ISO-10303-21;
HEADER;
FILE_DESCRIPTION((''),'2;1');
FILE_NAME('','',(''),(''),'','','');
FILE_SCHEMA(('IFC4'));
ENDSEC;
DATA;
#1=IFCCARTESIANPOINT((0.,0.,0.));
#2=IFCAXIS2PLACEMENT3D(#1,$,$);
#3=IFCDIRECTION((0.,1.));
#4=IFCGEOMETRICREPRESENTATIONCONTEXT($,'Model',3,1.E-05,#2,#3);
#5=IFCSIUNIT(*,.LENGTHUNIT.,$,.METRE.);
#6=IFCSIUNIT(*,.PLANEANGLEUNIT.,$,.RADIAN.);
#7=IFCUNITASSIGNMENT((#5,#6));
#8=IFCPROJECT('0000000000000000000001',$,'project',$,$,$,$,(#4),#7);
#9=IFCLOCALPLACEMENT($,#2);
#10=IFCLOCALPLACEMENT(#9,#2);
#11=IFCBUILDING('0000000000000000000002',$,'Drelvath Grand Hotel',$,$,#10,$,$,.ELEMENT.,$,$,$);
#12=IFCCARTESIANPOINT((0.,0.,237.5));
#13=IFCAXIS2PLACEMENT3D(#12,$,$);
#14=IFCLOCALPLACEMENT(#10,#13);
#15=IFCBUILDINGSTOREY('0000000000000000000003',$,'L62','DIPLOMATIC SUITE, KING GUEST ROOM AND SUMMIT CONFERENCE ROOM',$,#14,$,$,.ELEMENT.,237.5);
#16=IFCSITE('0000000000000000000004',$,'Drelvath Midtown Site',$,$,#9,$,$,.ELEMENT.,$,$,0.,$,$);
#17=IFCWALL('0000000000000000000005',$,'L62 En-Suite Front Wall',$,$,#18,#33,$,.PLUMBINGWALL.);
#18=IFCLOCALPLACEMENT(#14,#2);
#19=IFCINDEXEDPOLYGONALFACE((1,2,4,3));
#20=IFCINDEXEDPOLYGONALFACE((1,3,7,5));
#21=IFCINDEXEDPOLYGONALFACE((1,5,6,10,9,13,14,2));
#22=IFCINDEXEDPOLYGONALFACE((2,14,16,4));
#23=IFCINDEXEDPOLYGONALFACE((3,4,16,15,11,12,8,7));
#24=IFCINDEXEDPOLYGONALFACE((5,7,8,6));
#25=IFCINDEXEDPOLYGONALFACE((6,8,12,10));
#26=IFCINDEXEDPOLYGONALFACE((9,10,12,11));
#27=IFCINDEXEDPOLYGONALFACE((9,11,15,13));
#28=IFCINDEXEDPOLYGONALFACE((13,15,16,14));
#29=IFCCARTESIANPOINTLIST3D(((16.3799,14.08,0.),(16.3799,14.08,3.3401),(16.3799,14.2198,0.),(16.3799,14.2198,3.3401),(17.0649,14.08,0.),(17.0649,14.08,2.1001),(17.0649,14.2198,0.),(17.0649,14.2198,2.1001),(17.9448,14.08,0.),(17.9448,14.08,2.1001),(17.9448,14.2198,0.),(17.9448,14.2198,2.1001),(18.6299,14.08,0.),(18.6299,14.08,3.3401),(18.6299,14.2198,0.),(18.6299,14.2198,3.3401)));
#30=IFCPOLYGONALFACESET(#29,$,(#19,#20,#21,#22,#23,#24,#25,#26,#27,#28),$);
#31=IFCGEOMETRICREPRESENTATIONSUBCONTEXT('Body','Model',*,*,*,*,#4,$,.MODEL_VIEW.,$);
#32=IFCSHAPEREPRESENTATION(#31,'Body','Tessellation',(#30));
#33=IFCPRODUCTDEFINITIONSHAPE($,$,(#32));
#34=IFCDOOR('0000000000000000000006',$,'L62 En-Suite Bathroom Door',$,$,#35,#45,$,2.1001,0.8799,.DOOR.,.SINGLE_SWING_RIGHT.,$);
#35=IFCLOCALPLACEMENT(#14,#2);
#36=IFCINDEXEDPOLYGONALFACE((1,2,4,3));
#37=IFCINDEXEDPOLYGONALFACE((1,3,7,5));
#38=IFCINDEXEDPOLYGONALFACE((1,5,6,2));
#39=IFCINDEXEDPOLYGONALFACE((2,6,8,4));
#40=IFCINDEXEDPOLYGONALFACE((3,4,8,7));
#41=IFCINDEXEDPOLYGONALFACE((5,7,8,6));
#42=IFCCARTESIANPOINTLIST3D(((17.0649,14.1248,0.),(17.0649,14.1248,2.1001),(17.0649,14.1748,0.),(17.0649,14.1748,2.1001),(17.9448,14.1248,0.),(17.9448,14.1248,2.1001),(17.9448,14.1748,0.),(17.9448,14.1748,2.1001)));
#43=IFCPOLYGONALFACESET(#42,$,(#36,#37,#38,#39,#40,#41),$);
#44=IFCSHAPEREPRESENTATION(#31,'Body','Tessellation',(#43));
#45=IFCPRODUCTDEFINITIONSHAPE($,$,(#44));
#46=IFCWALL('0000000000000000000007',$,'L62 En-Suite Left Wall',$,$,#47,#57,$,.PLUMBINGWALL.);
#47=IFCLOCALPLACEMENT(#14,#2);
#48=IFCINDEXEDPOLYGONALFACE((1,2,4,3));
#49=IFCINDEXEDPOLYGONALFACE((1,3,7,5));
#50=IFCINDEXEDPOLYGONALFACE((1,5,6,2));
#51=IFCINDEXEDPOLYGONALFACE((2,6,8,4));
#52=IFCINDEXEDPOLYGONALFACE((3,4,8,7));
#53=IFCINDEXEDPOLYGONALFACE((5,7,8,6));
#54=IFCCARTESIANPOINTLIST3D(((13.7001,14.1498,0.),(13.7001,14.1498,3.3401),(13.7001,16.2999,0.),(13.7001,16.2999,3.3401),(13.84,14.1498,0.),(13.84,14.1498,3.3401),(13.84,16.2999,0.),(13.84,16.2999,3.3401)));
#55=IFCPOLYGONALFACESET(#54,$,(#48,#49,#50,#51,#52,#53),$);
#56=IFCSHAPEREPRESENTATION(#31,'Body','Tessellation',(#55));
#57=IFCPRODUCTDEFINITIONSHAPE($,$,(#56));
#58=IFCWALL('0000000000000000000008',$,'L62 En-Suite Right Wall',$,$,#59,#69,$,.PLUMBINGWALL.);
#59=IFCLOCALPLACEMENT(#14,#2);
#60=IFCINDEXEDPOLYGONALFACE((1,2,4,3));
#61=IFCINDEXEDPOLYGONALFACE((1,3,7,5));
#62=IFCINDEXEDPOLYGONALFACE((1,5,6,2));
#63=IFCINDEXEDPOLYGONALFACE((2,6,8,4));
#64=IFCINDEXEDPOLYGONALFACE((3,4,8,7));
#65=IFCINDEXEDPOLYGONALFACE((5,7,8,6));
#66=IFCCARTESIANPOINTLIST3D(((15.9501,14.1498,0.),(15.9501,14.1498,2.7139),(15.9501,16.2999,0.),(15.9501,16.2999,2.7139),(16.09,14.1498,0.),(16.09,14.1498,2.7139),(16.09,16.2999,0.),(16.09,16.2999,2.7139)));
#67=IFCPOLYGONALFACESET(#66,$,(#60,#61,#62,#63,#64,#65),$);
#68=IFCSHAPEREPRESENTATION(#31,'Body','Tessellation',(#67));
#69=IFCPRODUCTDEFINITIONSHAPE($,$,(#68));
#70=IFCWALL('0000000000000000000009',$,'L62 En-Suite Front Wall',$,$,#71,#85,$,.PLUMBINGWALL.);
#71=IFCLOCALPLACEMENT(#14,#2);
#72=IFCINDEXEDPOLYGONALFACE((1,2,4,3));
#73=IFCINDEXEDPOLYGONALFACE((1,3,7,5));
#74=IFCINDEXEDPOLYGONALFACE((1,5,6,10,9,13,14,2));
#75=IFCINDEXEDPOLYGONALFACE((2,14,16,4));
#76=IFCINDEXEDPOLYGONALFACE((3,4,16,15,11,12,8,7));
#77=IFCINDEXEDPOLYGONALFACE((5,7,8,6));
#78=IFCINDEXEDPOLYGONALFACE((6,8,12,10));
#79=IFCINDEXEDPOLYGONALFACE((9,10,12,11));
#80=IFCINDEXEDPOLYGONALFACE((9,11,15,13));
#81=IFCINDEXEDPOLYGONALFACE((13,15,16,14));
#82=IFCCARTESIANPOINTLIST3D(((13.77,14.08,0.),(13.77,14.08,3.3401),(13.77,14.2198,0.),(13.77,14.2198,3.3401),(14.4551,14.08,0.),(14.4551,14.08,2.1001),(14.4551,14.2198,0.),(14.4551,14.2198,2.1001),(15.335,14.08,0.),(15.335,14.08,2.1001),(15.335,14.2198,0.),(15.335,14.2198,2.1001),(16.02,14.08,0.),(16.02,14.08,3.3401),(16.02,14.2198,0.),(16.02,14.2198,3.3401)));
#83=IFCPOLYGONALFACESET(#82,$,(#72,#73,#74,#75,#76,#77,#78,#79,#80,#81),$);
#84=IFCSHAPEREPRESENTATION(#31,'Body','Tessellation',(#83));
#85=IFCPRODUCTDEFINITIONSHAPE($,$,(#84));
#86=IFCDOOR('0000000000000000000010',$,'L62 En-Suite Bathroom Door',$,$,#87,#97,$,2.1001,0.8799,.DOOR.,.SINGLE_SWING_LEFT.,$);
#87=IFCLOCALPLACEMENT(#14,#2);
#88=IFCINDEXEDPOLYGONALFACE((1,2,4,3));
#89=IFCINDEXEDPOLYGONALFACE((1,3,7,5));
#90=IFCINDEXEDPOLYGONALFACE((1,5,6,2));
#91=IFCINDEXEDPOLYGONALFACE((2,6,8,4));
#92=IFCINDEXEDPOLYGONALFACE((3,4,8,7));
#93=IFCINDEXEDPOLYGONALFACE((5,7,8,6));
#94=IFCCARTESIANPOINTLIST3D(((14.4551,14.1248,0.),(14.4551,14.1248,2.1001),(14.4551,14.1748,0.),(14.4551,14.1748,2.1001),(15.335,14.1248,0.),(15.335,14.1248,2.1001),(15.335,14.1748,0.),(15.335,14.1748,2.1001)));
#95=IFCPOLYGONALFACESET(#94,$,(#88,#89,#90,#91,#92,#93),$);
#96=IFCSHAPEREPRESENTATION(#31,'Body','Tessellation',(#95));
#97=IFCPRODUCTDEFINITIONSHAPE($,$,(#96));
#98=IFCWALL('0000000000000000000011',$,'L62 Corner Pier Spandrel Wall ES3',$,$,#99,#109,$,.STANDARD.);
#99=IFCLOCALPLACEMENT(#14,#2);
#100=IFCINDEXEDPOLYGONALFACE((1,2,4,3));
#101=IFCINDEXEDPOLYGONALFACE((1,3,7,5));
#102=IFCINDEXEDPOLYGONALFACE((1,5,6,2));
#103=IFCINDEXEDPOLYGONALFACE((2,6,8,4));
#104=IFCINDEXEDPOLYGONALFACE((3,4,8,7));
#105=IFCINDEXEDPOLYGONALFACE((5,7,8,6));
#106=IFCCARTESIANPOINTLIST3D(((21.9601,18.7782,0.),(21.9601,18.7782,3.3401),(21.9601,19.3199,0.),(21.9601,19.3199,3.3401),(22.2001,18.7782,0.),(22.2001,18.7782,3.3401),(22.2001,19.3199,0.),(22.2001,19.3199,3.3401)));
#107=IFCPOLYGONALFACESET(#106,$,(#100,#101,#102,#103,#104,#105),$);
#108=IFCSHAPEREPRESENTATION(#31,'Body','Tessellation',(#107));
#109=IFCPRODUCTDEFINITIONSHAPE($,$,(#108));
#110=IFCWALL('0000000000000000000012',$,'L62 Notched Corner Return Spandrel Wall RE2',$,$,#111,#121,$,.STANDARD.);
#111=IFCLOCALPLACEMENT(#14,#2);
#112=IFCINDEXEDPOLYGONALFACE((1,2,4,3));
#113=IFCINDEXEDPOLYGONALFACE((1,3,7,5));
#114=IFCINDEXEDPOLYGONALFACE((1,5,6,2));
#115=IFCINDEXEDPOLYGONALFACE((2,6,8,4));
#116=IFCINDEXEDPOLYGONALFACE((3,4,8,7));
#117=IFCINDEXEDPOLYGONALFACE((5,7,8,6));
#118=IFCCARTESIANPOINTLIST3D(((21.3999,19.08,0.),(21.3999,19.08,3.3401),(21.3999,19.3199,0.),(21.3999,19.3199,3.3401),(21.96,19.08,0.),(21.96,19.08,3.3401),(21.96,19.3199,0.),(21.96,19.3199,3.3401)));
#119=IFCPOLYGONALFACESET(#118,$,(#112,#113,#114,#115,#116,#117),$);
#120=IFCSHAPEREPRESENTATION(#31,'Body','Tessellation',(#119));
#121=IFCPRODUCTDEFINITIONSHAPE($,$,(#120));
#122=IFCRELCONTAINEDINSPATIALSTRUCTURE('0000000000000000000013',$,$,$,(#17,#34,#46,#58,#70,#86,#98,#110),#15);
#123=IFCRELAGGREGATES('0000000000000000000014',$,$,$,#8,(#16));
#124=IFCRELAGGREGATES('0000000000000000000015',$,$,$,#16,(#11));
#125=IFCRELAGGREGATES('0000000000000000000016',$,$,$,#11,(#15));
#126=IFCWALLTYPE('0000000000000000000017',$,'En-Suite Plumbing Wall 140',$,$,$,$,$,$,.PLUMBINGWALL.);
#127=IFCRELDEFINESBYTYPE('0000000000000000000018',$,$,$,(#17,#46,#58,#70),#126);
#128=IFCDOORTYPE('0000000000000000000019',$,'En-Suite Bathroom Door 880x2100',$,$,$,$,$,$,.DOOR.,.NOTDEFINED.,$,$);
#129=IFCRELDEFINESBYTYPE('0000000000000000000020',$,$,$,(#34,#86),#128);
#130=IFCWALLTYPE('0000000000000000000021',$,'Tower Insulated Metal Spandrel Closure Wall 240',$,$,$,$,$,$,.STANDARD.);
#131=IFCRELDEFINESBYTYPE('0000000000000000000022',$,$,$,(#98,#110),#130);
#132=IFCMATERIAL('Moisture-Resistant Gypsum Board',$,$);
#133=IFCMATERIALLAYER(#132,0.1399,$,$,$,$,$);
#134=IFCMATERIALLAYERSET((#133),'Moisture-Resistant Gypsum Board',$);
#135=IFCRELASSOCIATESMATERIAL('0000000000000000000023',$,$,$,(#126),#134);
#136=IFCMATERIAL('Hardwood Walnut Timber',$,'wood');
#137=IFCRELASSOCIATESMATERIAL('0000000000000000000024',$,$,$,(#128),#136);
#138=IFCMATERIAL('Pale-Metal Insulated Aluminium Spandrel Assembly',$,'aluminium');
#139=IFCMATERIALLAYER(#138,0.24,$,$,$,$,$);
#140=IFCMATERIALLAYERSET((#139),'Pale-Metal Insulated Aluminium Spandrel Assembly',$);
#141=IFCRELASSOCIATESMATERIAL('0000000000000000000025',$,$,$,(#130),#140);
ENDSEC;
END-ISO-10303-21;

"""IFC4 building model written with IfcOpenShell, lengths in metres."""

from ifc_helpers import new_model, si_unit, direction, frame, frame_2d, origin, place, context, subcontext, project, spatial, rectangle, extrude, material, layer, layer_set, type_object, element, fill, save


model = new_model("IFC4")

# Units and contexts
model_context = context("Model", 3, precision=1e-05, world=origin(), true_north=direction((0.0, 1.0)))
body_context = subcontext(model_context, "Body", "Model", "MODEL_VIEW")
ifc_project = project(units=[si_unit("LENGTHUNIT", "METRE"), si_unit("PLANEANGLEUNIT", "RADIAN")], contexts=[model_context])

# Site, building, storey
site_placement = place(None, origin())
site = spatial("IfcSite", under=ifc_project, at=site_placement, Name="Drelvath Midtown Site", CompositionType="ELEMENT", RefElevation=0.0)
building_placement = place(site_placement, origin())
building = spatial("IfcBuilding", under=site, at=building_placement, Name="Drelvath Grand Hotel", CompositionType="ELEMENT")
storey_placement = place(building_placement, frame((0.0, 0.0, 237.5)))
storey = spatial("IfcBuildingStorey", under=building, at=storey_placement, Name="L62", Description="DIPLOMATIC SUITE, KING GUEST ROOM AND SUMMIT CONFERENCE ROOM", CompositionType="ELEMENT", Elevation=237.5)

# Shared definitions
ifc_material_1 = material(Name="Moisture-Resistant Gypsum Board")
ifc_layer_1 = layer(ifc_material_1, 0.1399)
ifc_layer_set_1 = layer_set([ifc_layer_1], Name="Moisture-Resistant Gypsum Board")
wall_type_1 = type_object("IfcWallType", Name="En-Suite Plumbing Wall 140", PredefinedType="PLUMBINGWALL", material=ifc_layer_set_1)

# Wall, opening, door
wall_1_placement = place(storey_placement, frame((16.3799, 14.1499, 0.0), z_axis=(0.0, 0.0, 1.0), x_axis=(1.0, 0.0, 0.0)))
wall_1 = element("IfcWall", 1, at=wall_1_placement, inside=storey, type_object=wall_type_1, Name="L62 En-Suite Front Wall", PredefinedType="PLUMBINGWALL", context=body_context, shape_type="SweptSolid", body=[
    extrude(rectangle(XDim=2.25, YDim=0.1399, at=frame_2d((1.125, 0.0))), origin(), (0.0, 0.0, 1.0), 3.3401),
])
opening_1_placement = place(wall_1_placement, frame((0.6851, 0.0, 0.0)))
opening_1 = element("IfcOpeningElement", 2, at=opening_1_placement, cuts=wall_1, PredefinedType="OPENING", context=body_context, shape_type="SweptSolid", body=[
    extrude(rectangle(XDim=0.8799, YDim=2.1001, at=frame_2d((0.4399, 1.05))), frame((0.0, 0.0798, 0.0), z_axis=(0.0, -1.0, 0.0), x_axis=(1.0, 0.0, 0.0)), (0.0, 0.0, 1.0), 0.1599),
])
ifc_material_2 = material(Name="Hardwood Walnut Timber", Category="wood")
door_type = type_object("IfcDoorType", Name="En-Suite Bathroom Door 880x2100", OperationType="NOTDEFINED", PredefinedType="DOOR", material=ifc_material_2)
door_1_placement = place(opening_1_placement, origin())
door_1 = element("IfcDoor", 3, at=door_1_placement, inside=storey, type_object=door_type, Name="L62 En-Suite Bathroom Door", OperationType="SINGLE_SWING_RIGHT", OverallHeight=2.1001, OverallWidth=0.8799, PredefinedType="DOOR", context=body_context, shape_type="SweptSolid", body=[
    extrude(rectangle(XDim=0.8799, YDim=2.1001, at=frame_2d((0.4399, 1.05))), frame((0.0, 0.0249, 0.0), z_axis=(0.0, -1.0, 0.0), x_axis=(1.0, 0.0, 0.0)), (0.0, 0.0, 1.0), 0.05),
])
fill(opening_1, door_1)

# Walls
wall_2_placement = place(storey_placement, frame((13.77, 16.3, 0.0), z_axis=(0.0, 0.0, 1.0), x_axis=(0.0, -1.0, 0.0)))
element("IfcWall", 4, at=wall_2_placement, inside=storey, type_object=wall_type_1, Name="L62 En-Suite Left Wall", PredefinedType="PLUMBINGWALL", context=body_context, shape_type="SweptSolid", body=[
    extrude(rectangle(XDim=2.1501, YDim=0.1399, at=frame_2d((1.0752, 0.0))), origin(), (0.0, 0.0, 1.0), 3.3401),
])
wall_3_placement = place(storey_placement, frame((16.02, 16.3, 0.0), z_axis=(0.0, 0.0, 1.0), x_axis=(0.0, -1.0, 0.0)))
element("IfcWall", 5, at=wall_3_placement, inside=storey, type_object=wall_type_1, Name="L62 En-Suite Right Wall", PredefinedType="PLUMBINGWALL", context=body_context, shape_type="SweptSolid", body=[
    extrude(rectangle(XDim=2.1501, YDim=0.1399, at=frame_2d((1.0752, 0.0))), origin(), (0.0, 0.0, 1.0), 2.7139),
])

# Wall, opening, door
wall_4_placement = place(storey_placement, frame((13.77, 14.1499, 0.0), z_axis=(0.0, 0.0, 1.0), x_axis=(1.0, 0.0, 0.0)))
wall_4 = element("IfcWall", 6, at=wall_4_placement, inside=storey, type_object=wall_type_1, Name="L62 En-Suite Front Wall", PredefinedType="PLUMBINGWALL", context=body_context, shape_type="SweptSolid", body=[
    extrude(rectangle(XDim=2.25, YDim=0.1399, at=frame_2d((1.125, 0.0))), origin(), (0.0, 0.0, 1.0), 3.3401),
])
opening_2_placement = place(wall_4_placement, frame((0.6851, 0.0, 0.0)))
opening_2 = element("IfcOpeningElement", 7, at=opening_2_placement, cuts=wall_4, PredefinedType="OPENING", context=body_context, shape_type="SweptSolid", body=[
    extrude(rectangle(XDim=0.8799, YDim=2.1001, at=frame_2d((0.4399, 1.05))), frame((0.0, 0.0798, 0.0), z_axis=(0.0, -1.0, 0.0), x_axis=(1.0, 0.0, 0.0)), (0.0, 0.0, 1.0), 0.1599),
])
door_2_placement = place(opening_2_placement, origin())
door_2 = element("IfcDoor", 8, at=door_2_placement, inside=storey, type_object=door_type, Name="L62 En-Suite Bathroom Door", OperationType="SINGLE_SWING_LEFT", OverallHeight=2.1001, OverallWidth=0.8799, PredefinedType="DOOR", context=body_context, shape_type="SweptSolid", body=[
    extrude(rectangle(XDim=0.8799, YDim=2.1001, at=frame_2d((0.4399, 1.05))), frame((0.0, 0.0249, 0.0), z_axis=(0.0, -1.0, 0.0), x_axis=(1.0, 0.0, 0.0)), (0.0, 0.0, 1.0), 0.05),
])
fill(opening_2, door_2)

# Walls
ifc_material_3 = material(Name="Pale-Metal Insulated Aluminium Spandrel Assembly", Category="aluminium")
ifc_layer_2 = layer(ifc_material_3, 0.24)
ifc_layer_set_2 = layer_set([ifc_layer_2], Name="Pale-Metal Insulated Aluminium Spandrel Assembly")
wall_type_2 = type_object("IfcWallType", Name="Tower Insulated Metal Spandrel Closure Wall 240", PredefinedType="STANDARD", material=ifc_layer_set_2)
wall_5_placement = place(storey_placement, frame((22.0801, 19.3201, 0.0), z_axis=(0.0, 0.0, 1.0), x_axis=(0.0, -1.0, 0.0)))
element("IfcWall", 9, at=wall_5_placement, inside=storey, type_object=wall_type_2, Name="L62 Corner Pier Spandrel Wall ES3", PredefinedType="STANDARD", context=body_context, shape_type="SweptSolid", body=[
    extrude(rectangle(XDim=0.5417, YDim=0.24, at=frame_2d((0.271, 0.0))), origin(), (0.0, 0.0, 1.0), 3.3401),
])
wall_6_placement = place(storey_placement, frame((21.3999, 19.2, 0.0), z_axis=(0.0, 0.0, 1.0), x_axis=(1.0, 0.0, 0.0)))
element("IfcWall", 10, at=wall_6_placement, inside=storey, type_object=wall_type_2, Name="L62 Notched Corner Return Spandrel Wall RE2", PredefinedType="STANDARD", context=body_context, shape_type="SweptSolid", body=[
    extrude(rectangle(XDim=0.5601, YDim=0.24, at=frame_2d((0.28, 0.0))), origin(), (0.0, 0.0, 1.0), 3.3401),
])

save(model, "model.ifc")
